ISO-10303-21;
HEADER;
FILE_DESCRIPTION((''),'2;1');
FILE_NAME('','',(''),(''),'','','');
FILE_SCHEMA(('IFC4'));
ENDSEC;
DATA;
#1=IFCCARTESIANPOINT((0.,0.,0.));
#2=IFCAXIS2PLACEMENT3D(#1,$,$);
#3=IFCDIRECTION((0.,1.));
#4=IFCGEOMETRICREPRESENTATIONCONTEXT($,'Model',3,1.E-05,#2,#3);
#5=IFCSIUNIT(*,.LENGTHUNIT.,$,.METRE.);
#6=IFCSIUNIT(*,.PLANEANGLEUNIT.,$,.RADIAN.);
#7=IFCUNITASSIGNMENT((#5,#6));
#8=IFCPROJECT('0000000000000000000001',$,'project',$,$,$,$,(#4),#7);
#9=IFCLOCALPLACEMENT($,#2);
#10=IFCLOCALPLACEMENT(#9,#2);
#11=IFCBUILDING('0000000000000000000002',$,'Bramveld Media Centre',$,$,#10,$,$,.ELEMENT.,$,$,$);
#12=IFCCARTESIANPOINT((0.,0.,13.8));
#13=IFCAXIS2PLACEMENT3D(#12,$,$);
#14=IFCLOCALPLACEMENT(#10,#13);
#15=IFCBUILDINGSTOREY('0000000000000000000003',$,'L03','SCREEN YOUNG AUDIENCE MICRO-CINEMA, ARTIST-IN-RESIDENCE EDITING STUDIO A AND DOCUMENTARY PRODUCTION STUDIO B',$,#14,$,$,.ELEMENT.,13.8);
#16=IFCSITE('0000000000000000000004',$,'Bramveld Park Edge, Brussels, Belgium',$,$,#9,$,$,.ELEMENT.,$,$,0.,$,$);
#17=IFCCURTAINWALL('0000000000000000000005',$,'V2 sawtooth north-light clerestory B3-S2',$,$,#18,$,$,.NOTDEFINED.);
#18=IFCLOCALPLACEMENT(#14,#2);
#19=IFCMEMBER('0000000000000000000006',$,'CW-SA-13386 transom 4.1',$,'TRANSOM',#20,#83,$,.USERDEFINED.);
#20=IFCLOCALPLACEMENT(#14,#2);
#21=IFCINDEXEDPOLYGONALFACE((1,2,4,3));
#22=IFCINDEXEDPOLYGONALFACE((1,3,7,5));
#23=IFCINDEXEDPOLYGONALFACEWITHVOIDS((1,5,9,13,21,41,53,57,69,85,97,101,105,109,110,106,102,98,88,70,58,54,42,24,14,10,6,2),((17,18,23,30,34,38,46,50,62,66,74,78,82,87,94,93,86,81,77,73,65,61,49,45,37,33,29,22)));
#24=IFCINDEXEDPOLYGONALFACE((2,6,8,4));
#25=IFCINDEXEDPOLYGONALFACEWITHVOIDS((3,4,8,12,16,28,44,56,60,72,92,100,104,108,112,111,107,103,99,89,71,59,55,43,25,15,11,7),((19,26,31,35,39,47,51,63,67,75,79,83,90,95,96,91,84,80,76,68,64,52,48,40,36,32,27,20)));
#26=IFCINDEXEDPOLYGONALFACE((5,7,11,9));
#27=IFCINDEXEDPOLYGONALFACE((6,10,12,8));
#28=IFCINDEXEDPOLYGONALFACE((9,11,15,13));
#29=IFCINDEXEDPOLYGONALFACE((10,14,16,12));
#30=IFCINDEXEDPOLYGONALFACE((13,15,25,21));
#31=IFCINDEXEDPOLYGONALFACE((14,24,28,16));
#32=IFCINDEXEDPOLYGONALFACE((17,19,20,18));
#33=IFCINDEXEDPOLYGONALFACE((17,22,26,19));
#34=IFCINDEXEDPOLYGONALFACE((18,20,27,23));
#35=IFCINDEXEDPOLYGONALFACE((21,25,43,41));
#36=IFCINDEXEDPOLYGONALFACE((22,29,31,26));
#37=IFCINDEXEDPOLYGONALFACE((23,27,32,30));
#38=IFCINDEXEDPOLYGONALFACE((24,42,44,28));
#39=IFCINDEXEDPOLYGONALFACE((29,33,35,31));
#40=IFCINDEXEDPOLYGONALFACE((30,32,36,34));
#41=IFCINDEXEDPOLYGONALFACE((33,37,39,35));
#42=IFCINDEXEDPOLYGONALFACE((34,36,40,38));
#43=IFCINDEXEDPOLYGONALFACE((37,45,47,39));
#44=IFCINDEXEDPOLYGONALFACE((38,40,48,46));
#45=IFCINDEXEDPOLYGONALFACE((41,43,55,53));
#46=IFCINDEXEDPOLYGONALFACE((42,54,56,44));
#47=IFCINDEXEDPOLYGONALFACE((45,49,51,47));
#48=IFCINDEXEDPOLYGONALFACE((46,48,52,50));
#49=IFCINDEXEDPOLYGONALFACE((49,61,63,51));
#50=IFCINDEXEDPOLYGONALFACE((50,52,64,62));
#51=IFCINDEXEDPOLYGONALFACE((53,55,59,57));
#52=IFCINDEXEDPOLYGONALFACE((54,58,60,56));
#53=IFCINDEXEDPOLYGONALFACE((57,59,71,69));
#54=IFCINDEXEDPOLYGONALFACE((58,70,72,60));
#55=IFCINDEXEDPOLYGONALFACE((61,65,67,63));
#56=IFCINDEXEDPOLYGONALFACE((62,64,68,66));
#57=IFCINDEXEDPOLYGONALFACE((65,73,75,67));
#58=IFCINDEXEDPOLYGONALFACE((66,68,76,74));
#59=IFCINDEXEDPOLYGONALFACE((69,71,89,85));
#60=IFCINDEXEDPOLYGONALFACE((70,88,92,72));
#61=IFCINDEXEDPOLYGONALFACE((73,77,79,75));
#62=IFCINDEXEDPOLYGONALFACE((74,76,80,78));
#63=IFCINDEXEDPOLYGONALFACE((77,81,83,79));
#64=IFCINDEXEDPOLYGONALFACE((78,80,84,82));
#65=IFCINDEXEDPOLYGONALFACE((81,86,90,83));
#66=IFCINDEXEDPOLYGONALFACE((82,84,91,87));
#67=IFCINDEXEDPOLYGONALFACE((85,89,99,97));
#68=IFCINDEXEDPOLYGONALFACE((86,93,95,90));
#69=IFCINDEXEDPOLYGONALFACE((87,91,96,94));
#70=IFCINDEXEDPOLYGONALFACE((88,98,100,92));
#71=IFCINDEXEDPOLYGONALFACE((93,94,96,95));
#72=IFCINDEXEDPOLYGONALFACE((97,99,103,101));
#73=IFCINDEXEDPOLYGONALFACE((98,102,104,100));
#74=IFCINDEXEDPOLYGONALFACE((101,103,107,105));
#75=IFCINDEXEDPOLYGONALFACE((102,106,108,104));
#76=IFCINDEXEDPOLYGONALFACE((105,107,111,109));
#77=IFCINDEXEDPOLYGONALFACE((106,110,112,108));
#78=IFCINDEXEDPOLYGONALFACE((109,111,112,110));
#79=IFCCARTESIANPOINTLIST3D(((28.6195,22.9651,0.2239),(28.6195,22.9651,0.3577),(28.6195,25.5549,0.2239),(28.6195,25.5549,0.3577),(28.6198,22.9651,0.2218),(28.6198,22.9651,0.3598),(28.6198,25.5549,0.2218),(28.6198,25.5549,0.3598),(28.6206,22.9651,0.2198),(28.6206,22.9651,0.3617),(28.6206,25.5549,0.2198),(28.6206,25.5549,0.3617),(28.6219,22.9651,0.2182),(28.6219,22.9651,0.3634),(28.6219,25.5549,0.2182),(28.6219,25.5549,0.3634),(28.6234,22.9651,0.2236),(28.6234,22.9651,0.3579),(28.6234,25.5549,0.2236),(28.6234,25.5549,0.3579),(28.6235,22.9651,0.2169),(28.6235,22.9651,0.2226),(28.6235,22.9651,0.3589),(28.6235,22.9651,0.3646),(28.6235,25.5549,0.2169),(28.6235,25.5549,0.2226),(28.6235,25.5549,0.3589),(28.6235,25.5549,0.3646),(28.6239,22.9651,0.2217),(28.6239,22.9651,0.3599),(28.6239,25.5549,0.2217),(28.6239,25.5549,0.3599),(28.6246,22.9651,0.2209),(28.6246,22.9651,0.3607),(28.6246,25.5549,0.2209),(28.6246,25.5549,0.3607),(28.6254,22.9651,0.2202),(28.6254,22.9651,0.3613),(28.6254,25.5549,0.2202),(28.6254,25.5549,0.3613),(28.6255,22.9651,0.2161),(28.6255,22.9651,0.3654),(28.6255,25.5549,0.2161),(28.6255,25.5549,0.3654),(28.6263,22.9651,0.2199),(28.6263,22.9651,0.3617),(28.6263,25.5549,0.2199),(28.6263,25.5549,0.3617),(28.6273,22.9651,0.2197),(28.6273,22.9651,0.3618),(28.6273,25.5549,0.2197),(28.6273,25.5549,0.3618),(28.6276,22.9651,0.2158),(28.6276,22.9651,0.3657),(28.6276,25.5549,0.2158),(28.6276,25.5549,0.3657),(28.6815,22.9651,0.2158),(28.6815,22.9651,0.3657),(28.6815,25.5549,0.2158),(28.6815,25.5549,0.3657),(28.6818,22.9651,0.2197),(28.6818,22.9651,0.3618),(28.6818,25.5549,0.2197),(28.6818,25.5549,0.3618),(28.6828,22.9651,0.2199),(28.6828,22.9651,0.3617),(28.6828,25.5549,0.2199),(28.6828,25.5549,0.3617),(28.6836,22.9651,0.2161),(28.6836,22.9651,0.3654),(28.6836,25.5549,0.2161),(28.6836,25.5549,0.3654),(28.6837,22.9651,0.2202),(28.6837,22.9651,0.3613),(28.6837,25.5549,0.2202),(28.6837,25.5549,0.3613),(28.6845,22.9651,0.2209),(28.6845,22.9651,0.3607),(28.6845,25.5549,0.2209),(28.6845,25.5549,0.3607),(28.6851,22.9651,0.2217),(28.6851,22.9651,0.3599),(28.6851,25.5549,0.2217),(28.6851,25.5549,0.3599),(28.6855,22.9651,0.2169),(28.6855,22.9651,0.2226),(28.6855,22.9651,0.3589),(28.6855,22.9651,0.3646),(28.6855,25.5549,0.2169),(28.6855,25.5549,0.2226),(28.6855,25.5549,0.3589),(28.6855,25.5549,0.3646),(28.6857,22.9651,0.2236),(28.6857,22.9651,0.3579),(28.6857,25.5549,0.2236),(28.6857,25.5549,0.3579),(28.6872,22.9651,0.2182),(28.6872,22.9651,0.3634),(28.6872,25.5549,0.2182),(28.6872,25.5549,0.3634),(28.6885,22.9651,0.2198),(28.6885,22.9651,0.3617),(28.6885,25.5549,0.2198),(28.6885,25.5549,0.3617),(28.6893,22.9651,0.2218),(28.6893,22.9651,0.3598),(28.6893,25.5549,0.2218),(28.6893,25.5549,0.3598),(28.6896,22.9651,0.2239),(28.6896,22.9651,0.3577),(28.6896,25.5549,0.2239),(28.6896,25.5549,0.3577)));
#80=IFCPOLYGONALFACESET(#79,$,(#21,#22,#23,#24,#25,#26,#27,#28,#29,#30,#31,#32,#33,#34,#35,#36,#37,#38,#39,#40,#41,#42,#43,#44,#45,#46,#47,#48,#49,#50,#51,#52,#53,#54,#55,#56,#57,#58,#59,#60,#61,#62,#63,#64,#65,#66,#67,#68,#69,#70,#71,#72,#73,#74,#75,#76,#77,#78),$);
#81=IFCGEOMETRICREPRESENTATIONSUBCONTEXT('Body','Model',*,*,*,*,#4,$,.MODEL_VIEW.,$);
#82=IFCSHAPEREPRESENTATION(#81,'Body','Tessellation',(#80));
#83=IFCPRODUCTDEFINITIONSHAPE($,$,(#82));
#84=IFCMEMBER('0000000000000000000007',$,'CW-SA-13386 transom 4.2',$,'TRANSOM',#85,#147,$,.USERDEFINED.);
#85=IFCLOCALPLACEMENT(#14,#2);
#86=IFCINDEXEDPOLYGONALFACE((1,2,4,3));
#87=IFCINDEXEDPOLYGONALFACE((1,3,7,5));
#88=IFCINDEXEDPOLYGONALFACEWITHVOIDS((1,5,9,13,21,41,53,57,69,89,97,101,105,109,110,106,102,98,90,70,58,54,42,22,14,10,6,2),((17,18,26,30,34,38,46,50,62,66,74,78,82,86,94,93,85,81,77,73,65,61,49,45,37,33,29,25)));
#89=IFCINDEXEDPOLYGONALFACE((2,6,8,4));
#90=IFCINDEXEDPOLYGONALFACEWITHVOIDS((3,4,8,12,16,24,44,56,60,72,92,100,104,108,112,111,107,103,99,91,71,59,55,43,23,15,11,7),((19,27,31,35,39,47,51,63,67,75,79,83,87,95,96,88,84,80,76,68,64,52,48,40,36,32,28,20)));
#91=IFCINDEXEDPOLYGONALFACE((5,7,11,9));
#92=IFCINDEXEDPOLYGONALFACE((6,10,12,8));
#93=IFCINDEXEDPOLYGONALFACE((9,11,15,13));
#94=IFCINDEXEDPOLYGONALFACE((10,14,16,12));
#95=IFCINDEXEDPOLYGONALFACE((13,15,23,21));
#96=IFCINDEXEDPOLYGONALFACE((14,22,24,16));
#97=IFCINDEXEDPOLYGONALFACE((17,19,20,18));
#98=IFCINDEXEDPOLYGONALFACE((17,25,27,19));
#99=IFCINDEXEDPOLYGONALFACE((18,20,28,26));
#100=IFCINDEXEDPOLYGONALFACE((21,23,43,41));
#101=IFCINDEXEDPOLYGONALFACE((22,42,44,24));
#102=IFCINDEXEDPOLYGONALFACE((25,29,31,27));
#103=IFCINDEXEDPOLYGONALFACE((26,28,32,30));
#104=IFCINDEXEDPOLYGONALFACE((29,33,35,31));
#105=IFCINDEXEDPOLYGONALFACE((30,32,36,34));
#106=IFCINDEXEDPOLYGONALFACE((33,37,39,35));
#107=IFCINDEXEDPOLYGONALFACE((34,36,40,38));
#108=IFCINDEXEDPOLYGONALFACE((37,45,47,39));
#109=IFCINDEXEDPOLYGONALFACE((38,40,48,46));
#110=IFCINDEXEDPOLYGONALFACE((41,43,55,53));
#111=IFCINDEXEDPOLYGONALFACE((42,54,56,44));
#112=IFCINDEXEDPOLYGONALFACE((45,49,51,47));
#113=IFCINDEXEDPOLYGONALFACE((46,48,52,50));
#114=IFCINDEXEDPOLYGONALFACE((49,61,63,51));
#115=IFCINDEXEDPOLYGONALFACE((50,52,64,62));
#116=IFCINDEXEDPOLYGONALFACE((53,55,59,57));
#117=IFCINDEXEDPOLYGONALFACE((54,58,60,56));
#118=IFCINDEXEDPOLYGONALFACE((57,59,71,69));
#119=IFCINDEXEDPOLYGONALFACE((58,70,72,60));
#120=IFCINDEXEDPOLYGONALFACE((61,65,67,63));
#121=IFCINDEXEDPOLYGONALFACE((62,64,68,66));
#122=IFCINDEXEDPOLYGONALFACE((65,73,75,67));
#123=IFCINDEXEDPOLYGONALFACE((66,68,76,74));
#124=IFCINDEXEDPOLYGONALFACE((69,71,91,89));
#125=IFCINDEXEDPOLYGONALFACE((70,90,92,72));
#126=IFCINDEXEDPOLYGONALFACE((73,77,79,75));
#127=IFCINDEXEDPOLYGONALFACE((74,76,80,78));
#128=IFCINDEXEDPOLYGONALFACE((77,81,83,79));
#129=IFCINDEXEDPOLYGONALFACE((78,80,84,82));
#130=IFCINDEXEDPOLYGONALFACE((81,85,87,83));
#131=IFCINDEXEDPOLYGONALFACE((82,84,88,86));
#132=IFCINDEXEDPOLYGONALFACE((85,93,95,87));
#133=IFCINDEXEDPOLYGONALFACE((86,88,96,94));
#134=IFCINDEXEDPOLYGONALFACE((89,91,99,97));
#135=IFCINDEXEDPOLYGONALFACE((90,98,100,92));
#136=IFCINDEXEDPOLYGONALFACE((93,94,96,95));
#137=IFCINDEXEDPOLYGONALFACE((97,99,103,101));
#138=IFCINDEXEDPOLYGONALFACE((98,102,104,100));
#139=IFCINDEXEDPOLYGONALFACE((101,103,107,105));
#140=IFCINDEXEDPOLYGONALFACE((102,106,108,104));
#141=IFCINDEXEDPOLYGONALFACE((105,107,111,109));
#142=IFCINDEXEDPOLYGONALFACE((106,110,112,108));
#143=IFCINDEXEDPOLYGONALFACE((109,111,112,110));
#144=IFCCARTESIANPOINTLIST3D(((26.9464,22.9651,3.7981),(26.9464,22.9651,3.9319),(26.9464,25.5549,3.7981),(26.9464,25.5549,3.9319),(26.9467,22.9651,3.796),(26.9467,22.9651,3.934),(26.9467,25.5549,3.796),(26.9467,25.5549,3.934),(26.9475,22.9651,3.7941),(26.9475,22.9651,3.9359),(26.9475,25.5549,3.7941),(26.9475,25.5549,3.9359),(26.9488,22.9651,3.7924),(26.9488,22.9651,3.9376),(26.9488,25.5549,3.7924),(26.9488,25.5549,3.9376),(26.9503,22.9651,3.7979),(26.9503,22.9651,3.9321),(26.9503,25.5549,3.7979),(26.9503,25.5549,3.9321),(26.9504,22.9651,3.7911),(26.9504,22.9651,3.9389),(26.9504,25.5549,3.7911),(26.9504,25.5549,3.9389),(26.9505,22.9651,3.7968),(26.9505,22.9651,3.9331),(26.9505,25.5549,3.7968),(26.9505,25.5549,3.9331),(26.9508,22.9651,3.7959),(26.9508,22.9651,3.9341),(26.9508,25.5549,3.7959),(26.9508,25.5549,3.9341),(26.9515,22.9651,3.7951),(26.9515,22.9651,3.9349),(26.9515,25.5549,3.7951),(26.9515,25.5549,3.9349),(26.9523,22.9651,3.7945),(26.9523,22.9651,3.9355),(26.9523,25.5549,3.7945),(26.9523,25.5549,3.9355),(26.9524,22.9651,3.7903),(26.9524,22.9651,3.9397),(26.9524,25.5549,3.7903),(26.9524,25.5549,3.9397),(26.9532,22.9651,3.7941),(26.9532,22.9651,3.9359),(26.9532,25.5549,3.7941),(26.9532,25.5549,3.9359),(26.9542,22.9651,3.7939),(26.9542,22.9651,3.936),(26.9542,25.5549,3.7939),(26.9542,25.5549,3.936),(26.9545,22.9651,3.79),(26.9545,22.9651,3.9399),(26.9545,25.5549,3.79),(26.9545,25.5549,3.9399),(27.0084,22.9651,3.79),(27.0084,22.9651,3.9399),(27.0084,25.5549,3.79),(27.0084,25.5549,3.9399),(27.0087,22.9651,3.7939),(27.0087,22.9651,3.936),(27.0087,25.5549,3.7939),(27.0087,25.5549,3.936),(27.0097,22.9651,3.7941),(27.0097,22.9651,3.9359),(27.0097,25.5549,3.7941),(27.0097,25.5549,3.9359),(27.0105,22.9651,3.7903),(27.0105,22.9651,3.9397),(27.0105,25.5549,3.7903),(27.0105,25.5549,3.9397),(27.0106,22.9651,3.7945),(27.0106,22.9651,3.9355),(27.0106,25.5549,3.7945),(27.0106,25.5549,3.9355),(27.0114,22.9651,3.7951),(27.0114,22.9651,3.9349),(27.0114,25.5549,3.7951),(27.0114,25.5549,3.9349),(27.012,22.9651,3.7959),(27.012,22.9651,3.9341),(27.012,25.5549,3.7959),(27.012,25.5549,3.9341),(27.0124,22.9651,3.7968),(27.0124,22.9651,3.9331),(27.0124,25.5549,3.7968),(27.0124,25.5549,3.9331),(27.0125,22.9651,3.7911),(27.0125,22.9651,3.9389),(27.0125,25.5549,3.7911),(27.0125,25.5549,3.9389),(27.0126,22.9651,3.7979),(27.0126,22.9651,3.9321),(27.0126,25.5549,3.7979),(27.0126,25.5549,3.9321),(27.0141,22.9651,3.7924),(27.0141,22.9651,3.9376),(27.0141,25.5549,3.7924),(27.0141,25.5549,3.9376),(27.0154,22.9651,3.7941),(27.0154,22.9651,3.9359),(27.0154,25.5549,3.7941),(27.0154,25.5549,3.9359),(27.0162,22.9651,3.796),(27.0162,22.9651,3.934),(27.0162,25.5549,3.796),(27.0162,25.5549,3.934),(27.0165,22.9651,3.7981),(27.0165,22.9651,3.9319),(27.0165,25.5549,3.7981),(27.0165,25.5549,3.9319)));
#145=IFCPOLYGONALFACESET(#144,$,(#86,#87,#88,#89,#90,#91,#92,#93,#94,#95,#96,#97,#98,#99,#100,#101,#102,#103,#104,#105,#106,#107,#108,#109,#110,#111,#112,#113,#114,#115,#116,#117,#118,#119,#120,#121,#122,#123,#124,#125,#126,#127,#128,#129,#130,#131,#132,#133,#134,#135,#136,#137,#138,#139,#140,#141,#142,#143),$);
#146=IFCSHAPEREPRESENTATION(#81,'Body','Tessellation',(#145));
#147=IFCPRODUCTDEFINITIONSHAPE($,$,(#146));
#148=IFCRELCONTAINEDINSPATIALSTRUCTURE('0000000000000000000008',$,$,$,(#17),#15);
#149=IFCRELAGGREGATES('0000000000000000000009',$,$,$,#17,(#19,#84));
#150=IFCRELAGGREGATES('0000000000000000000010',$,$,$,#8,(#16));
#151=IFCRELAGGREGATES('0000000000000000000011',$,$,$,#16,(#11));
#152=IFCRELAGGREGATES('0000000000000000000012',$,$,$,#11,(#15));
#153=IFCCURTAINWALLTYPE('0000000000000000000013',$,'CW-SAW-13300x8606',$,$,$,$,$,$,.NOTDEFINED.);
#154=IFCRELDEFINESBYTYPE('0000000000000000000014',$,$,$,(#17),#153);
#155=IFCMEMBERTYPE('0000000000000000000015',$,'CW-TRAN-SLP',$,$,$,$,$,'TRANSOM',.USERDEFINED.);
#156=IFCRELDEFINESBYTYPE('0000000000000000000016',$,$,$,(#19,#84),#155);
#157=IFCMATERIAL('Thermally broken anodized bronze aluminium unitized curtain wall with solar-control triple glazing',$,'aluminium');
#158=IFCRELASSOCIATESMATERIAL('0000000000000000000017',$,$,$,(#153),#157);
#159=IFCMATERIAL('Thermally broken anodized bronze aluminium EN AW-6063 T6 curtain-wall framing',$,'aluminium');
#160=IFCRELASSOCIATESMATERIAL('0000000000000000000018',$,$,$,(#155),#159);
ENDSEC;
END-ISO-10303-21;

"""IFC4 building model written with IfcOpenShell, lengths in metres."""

from ifc_helpers import new_model, si_unit, direction, frame, origin, origin_2d, place, context, subcontext, project, spatial, hollow_rectangle, extrude, material, material_profile, profile_set, type_object, element, aggregate, save


model = new_model("IFC4")

# Units and contexts
model_context = context("Model", 3, precision=1e-05, world=origin(), true_north=direction((0.0, 1.0)))
body_context = subcontext(model_context, "Body", "Model", "MODEL_VIEW")
ifc_project = project(units=[si_unit("LENGTHUNIT", "METRE"), si_unit("PLANEANGLEUNIT", "RADIAN")], contexts=[model_context])

# Site, building, storey
site_placement = place(None, origin())
site = spatial("IfcSite", under=ifc_project, at=site_placement, Name="Bramveld Park Edge, Brussels, Belgium", CompositionType="ELEMENT", RefElevation=0.0)
building_placement = place(site_placement, origin())
building = spatial("IfcBuilding", under=site, at=building_placement, Name="Bramveld Media Centre", CompositionType="ELEMENT")
storey_placement = place(building_placement, frame((0.0, 0.0, 13.8)))
storey = spatial("IfcBuildingStorey", under=building, at=storey_placement, Name="L03", Description="SCREEN YOUNG AUDIENCE MICRO-CINEMA, ARTIST-IN-RESIDENCE EDITING STUDIO A AND DOCUMENTARY PRODUCTION STUDIO B", CompositionType="ELEMENT", Elevation=13.8)

# Shared definitions
ifc_material_1 = material(Name="Thermally broken anodized bronze aluminium unitized curtain wall with solar-control triple glazing", Category="aluminium")
curtain_wall_type_1 = type_object("IfcCurtainWallType", Name="CW-SAW-13300x8606", PredefinedType="NOTDEFINED", material=ifc_material_1)

# Curtain wall
curtain_wall_1_placement = place(storey_placement, origin())
curtain_wall_1 = element("IfcCurtainWall", 1, at=curtain_wall_1_placement, inside=storey, type_object=curtain_wall_type_1, Name="V2 sawtooth north-light clerestory B3-S2", PredefinedType="NOTDEFINED")

# Members
ifc_material_2 = material(Name="Thermally broken anodized bronze aluminium EN AW-6063 T6 curtain-wall framing", Category="aluminium")
ifc_material_profile_1 = material_profile(ifc_material_2, hollow_rectangle(XDim=0.0701, YDim=0.1499, WallThickness=0.0039, InnerFilletRadius=0.0039, OuterFilletRadius=0.0081, at=origin_2d()), Name="AL-TRAN 70x150")
ifc_profile_set_1 = profile_set([ifc_material_profile_1], Name="Thermally broken anodized bronze aluminium EN AW-6063 T6 curtain-wall framing")
member_type_1 = type_object("IfcMemberType", Name="CW-TRAN-SLP", ElementType="TRANSOM", PredefinedType="USERDEFINED", material=ifc_profile_set_1)
member_1_placement = place(storey_placement, frame((28.6545, 22.9651, 0.2908), z_axis=(0.0, 1.0, 0.0), x_axis=(-1.0, 0.0, 0.0)))
member_1 = element("IfcMember", 2, at=member_1_placement, type_object=member_type_1, Name="CW-SA-13386 transom 4.1", ObjectType="TRANSOM", PredefinedType="USERDEFINED", context=body_context, shape_type="SweptSolid", body=[
    extrude(hollow_rectangle(XDim=0.0701, YDim=0.1499, WallThickness=0.0039, InnerFilletRadius=0.0039, OuterFilletRadius=0.0081, at=origin_2d()), origin(), (0.0, 0.0, 1.0), 2.5898),
])
member_2_placement = place(storey_placement, frame((26.9814, 22.9651, 3.865), z_axis=(0.0, 1.0, 0.0), x_axis=(-1.0, 0.0, 0.0)))
member_2 = element("IfcMember", 3, at=member_2_placement, type_object=member_type_1, Name="CW-SA-13386 transom 4.2", ObjectType="TRANSOM", PredefinedType="USERDEFINED", context=body_context, shape_type="SweptSolid", body=[
    extrude(hollow_rectangle(XDim=0.0701, YDim=0.1499, WallThickness=0.0039, InnerFilletRadius=0.0039, OuterFilletRadius=0.0081, at=origin_2d()), origin(), (0.0, 0.0, 1.0), 2.5898),
])

aggregate(curtain_wall_1, [member_1, member_2])

save(model, "model.ifc")
